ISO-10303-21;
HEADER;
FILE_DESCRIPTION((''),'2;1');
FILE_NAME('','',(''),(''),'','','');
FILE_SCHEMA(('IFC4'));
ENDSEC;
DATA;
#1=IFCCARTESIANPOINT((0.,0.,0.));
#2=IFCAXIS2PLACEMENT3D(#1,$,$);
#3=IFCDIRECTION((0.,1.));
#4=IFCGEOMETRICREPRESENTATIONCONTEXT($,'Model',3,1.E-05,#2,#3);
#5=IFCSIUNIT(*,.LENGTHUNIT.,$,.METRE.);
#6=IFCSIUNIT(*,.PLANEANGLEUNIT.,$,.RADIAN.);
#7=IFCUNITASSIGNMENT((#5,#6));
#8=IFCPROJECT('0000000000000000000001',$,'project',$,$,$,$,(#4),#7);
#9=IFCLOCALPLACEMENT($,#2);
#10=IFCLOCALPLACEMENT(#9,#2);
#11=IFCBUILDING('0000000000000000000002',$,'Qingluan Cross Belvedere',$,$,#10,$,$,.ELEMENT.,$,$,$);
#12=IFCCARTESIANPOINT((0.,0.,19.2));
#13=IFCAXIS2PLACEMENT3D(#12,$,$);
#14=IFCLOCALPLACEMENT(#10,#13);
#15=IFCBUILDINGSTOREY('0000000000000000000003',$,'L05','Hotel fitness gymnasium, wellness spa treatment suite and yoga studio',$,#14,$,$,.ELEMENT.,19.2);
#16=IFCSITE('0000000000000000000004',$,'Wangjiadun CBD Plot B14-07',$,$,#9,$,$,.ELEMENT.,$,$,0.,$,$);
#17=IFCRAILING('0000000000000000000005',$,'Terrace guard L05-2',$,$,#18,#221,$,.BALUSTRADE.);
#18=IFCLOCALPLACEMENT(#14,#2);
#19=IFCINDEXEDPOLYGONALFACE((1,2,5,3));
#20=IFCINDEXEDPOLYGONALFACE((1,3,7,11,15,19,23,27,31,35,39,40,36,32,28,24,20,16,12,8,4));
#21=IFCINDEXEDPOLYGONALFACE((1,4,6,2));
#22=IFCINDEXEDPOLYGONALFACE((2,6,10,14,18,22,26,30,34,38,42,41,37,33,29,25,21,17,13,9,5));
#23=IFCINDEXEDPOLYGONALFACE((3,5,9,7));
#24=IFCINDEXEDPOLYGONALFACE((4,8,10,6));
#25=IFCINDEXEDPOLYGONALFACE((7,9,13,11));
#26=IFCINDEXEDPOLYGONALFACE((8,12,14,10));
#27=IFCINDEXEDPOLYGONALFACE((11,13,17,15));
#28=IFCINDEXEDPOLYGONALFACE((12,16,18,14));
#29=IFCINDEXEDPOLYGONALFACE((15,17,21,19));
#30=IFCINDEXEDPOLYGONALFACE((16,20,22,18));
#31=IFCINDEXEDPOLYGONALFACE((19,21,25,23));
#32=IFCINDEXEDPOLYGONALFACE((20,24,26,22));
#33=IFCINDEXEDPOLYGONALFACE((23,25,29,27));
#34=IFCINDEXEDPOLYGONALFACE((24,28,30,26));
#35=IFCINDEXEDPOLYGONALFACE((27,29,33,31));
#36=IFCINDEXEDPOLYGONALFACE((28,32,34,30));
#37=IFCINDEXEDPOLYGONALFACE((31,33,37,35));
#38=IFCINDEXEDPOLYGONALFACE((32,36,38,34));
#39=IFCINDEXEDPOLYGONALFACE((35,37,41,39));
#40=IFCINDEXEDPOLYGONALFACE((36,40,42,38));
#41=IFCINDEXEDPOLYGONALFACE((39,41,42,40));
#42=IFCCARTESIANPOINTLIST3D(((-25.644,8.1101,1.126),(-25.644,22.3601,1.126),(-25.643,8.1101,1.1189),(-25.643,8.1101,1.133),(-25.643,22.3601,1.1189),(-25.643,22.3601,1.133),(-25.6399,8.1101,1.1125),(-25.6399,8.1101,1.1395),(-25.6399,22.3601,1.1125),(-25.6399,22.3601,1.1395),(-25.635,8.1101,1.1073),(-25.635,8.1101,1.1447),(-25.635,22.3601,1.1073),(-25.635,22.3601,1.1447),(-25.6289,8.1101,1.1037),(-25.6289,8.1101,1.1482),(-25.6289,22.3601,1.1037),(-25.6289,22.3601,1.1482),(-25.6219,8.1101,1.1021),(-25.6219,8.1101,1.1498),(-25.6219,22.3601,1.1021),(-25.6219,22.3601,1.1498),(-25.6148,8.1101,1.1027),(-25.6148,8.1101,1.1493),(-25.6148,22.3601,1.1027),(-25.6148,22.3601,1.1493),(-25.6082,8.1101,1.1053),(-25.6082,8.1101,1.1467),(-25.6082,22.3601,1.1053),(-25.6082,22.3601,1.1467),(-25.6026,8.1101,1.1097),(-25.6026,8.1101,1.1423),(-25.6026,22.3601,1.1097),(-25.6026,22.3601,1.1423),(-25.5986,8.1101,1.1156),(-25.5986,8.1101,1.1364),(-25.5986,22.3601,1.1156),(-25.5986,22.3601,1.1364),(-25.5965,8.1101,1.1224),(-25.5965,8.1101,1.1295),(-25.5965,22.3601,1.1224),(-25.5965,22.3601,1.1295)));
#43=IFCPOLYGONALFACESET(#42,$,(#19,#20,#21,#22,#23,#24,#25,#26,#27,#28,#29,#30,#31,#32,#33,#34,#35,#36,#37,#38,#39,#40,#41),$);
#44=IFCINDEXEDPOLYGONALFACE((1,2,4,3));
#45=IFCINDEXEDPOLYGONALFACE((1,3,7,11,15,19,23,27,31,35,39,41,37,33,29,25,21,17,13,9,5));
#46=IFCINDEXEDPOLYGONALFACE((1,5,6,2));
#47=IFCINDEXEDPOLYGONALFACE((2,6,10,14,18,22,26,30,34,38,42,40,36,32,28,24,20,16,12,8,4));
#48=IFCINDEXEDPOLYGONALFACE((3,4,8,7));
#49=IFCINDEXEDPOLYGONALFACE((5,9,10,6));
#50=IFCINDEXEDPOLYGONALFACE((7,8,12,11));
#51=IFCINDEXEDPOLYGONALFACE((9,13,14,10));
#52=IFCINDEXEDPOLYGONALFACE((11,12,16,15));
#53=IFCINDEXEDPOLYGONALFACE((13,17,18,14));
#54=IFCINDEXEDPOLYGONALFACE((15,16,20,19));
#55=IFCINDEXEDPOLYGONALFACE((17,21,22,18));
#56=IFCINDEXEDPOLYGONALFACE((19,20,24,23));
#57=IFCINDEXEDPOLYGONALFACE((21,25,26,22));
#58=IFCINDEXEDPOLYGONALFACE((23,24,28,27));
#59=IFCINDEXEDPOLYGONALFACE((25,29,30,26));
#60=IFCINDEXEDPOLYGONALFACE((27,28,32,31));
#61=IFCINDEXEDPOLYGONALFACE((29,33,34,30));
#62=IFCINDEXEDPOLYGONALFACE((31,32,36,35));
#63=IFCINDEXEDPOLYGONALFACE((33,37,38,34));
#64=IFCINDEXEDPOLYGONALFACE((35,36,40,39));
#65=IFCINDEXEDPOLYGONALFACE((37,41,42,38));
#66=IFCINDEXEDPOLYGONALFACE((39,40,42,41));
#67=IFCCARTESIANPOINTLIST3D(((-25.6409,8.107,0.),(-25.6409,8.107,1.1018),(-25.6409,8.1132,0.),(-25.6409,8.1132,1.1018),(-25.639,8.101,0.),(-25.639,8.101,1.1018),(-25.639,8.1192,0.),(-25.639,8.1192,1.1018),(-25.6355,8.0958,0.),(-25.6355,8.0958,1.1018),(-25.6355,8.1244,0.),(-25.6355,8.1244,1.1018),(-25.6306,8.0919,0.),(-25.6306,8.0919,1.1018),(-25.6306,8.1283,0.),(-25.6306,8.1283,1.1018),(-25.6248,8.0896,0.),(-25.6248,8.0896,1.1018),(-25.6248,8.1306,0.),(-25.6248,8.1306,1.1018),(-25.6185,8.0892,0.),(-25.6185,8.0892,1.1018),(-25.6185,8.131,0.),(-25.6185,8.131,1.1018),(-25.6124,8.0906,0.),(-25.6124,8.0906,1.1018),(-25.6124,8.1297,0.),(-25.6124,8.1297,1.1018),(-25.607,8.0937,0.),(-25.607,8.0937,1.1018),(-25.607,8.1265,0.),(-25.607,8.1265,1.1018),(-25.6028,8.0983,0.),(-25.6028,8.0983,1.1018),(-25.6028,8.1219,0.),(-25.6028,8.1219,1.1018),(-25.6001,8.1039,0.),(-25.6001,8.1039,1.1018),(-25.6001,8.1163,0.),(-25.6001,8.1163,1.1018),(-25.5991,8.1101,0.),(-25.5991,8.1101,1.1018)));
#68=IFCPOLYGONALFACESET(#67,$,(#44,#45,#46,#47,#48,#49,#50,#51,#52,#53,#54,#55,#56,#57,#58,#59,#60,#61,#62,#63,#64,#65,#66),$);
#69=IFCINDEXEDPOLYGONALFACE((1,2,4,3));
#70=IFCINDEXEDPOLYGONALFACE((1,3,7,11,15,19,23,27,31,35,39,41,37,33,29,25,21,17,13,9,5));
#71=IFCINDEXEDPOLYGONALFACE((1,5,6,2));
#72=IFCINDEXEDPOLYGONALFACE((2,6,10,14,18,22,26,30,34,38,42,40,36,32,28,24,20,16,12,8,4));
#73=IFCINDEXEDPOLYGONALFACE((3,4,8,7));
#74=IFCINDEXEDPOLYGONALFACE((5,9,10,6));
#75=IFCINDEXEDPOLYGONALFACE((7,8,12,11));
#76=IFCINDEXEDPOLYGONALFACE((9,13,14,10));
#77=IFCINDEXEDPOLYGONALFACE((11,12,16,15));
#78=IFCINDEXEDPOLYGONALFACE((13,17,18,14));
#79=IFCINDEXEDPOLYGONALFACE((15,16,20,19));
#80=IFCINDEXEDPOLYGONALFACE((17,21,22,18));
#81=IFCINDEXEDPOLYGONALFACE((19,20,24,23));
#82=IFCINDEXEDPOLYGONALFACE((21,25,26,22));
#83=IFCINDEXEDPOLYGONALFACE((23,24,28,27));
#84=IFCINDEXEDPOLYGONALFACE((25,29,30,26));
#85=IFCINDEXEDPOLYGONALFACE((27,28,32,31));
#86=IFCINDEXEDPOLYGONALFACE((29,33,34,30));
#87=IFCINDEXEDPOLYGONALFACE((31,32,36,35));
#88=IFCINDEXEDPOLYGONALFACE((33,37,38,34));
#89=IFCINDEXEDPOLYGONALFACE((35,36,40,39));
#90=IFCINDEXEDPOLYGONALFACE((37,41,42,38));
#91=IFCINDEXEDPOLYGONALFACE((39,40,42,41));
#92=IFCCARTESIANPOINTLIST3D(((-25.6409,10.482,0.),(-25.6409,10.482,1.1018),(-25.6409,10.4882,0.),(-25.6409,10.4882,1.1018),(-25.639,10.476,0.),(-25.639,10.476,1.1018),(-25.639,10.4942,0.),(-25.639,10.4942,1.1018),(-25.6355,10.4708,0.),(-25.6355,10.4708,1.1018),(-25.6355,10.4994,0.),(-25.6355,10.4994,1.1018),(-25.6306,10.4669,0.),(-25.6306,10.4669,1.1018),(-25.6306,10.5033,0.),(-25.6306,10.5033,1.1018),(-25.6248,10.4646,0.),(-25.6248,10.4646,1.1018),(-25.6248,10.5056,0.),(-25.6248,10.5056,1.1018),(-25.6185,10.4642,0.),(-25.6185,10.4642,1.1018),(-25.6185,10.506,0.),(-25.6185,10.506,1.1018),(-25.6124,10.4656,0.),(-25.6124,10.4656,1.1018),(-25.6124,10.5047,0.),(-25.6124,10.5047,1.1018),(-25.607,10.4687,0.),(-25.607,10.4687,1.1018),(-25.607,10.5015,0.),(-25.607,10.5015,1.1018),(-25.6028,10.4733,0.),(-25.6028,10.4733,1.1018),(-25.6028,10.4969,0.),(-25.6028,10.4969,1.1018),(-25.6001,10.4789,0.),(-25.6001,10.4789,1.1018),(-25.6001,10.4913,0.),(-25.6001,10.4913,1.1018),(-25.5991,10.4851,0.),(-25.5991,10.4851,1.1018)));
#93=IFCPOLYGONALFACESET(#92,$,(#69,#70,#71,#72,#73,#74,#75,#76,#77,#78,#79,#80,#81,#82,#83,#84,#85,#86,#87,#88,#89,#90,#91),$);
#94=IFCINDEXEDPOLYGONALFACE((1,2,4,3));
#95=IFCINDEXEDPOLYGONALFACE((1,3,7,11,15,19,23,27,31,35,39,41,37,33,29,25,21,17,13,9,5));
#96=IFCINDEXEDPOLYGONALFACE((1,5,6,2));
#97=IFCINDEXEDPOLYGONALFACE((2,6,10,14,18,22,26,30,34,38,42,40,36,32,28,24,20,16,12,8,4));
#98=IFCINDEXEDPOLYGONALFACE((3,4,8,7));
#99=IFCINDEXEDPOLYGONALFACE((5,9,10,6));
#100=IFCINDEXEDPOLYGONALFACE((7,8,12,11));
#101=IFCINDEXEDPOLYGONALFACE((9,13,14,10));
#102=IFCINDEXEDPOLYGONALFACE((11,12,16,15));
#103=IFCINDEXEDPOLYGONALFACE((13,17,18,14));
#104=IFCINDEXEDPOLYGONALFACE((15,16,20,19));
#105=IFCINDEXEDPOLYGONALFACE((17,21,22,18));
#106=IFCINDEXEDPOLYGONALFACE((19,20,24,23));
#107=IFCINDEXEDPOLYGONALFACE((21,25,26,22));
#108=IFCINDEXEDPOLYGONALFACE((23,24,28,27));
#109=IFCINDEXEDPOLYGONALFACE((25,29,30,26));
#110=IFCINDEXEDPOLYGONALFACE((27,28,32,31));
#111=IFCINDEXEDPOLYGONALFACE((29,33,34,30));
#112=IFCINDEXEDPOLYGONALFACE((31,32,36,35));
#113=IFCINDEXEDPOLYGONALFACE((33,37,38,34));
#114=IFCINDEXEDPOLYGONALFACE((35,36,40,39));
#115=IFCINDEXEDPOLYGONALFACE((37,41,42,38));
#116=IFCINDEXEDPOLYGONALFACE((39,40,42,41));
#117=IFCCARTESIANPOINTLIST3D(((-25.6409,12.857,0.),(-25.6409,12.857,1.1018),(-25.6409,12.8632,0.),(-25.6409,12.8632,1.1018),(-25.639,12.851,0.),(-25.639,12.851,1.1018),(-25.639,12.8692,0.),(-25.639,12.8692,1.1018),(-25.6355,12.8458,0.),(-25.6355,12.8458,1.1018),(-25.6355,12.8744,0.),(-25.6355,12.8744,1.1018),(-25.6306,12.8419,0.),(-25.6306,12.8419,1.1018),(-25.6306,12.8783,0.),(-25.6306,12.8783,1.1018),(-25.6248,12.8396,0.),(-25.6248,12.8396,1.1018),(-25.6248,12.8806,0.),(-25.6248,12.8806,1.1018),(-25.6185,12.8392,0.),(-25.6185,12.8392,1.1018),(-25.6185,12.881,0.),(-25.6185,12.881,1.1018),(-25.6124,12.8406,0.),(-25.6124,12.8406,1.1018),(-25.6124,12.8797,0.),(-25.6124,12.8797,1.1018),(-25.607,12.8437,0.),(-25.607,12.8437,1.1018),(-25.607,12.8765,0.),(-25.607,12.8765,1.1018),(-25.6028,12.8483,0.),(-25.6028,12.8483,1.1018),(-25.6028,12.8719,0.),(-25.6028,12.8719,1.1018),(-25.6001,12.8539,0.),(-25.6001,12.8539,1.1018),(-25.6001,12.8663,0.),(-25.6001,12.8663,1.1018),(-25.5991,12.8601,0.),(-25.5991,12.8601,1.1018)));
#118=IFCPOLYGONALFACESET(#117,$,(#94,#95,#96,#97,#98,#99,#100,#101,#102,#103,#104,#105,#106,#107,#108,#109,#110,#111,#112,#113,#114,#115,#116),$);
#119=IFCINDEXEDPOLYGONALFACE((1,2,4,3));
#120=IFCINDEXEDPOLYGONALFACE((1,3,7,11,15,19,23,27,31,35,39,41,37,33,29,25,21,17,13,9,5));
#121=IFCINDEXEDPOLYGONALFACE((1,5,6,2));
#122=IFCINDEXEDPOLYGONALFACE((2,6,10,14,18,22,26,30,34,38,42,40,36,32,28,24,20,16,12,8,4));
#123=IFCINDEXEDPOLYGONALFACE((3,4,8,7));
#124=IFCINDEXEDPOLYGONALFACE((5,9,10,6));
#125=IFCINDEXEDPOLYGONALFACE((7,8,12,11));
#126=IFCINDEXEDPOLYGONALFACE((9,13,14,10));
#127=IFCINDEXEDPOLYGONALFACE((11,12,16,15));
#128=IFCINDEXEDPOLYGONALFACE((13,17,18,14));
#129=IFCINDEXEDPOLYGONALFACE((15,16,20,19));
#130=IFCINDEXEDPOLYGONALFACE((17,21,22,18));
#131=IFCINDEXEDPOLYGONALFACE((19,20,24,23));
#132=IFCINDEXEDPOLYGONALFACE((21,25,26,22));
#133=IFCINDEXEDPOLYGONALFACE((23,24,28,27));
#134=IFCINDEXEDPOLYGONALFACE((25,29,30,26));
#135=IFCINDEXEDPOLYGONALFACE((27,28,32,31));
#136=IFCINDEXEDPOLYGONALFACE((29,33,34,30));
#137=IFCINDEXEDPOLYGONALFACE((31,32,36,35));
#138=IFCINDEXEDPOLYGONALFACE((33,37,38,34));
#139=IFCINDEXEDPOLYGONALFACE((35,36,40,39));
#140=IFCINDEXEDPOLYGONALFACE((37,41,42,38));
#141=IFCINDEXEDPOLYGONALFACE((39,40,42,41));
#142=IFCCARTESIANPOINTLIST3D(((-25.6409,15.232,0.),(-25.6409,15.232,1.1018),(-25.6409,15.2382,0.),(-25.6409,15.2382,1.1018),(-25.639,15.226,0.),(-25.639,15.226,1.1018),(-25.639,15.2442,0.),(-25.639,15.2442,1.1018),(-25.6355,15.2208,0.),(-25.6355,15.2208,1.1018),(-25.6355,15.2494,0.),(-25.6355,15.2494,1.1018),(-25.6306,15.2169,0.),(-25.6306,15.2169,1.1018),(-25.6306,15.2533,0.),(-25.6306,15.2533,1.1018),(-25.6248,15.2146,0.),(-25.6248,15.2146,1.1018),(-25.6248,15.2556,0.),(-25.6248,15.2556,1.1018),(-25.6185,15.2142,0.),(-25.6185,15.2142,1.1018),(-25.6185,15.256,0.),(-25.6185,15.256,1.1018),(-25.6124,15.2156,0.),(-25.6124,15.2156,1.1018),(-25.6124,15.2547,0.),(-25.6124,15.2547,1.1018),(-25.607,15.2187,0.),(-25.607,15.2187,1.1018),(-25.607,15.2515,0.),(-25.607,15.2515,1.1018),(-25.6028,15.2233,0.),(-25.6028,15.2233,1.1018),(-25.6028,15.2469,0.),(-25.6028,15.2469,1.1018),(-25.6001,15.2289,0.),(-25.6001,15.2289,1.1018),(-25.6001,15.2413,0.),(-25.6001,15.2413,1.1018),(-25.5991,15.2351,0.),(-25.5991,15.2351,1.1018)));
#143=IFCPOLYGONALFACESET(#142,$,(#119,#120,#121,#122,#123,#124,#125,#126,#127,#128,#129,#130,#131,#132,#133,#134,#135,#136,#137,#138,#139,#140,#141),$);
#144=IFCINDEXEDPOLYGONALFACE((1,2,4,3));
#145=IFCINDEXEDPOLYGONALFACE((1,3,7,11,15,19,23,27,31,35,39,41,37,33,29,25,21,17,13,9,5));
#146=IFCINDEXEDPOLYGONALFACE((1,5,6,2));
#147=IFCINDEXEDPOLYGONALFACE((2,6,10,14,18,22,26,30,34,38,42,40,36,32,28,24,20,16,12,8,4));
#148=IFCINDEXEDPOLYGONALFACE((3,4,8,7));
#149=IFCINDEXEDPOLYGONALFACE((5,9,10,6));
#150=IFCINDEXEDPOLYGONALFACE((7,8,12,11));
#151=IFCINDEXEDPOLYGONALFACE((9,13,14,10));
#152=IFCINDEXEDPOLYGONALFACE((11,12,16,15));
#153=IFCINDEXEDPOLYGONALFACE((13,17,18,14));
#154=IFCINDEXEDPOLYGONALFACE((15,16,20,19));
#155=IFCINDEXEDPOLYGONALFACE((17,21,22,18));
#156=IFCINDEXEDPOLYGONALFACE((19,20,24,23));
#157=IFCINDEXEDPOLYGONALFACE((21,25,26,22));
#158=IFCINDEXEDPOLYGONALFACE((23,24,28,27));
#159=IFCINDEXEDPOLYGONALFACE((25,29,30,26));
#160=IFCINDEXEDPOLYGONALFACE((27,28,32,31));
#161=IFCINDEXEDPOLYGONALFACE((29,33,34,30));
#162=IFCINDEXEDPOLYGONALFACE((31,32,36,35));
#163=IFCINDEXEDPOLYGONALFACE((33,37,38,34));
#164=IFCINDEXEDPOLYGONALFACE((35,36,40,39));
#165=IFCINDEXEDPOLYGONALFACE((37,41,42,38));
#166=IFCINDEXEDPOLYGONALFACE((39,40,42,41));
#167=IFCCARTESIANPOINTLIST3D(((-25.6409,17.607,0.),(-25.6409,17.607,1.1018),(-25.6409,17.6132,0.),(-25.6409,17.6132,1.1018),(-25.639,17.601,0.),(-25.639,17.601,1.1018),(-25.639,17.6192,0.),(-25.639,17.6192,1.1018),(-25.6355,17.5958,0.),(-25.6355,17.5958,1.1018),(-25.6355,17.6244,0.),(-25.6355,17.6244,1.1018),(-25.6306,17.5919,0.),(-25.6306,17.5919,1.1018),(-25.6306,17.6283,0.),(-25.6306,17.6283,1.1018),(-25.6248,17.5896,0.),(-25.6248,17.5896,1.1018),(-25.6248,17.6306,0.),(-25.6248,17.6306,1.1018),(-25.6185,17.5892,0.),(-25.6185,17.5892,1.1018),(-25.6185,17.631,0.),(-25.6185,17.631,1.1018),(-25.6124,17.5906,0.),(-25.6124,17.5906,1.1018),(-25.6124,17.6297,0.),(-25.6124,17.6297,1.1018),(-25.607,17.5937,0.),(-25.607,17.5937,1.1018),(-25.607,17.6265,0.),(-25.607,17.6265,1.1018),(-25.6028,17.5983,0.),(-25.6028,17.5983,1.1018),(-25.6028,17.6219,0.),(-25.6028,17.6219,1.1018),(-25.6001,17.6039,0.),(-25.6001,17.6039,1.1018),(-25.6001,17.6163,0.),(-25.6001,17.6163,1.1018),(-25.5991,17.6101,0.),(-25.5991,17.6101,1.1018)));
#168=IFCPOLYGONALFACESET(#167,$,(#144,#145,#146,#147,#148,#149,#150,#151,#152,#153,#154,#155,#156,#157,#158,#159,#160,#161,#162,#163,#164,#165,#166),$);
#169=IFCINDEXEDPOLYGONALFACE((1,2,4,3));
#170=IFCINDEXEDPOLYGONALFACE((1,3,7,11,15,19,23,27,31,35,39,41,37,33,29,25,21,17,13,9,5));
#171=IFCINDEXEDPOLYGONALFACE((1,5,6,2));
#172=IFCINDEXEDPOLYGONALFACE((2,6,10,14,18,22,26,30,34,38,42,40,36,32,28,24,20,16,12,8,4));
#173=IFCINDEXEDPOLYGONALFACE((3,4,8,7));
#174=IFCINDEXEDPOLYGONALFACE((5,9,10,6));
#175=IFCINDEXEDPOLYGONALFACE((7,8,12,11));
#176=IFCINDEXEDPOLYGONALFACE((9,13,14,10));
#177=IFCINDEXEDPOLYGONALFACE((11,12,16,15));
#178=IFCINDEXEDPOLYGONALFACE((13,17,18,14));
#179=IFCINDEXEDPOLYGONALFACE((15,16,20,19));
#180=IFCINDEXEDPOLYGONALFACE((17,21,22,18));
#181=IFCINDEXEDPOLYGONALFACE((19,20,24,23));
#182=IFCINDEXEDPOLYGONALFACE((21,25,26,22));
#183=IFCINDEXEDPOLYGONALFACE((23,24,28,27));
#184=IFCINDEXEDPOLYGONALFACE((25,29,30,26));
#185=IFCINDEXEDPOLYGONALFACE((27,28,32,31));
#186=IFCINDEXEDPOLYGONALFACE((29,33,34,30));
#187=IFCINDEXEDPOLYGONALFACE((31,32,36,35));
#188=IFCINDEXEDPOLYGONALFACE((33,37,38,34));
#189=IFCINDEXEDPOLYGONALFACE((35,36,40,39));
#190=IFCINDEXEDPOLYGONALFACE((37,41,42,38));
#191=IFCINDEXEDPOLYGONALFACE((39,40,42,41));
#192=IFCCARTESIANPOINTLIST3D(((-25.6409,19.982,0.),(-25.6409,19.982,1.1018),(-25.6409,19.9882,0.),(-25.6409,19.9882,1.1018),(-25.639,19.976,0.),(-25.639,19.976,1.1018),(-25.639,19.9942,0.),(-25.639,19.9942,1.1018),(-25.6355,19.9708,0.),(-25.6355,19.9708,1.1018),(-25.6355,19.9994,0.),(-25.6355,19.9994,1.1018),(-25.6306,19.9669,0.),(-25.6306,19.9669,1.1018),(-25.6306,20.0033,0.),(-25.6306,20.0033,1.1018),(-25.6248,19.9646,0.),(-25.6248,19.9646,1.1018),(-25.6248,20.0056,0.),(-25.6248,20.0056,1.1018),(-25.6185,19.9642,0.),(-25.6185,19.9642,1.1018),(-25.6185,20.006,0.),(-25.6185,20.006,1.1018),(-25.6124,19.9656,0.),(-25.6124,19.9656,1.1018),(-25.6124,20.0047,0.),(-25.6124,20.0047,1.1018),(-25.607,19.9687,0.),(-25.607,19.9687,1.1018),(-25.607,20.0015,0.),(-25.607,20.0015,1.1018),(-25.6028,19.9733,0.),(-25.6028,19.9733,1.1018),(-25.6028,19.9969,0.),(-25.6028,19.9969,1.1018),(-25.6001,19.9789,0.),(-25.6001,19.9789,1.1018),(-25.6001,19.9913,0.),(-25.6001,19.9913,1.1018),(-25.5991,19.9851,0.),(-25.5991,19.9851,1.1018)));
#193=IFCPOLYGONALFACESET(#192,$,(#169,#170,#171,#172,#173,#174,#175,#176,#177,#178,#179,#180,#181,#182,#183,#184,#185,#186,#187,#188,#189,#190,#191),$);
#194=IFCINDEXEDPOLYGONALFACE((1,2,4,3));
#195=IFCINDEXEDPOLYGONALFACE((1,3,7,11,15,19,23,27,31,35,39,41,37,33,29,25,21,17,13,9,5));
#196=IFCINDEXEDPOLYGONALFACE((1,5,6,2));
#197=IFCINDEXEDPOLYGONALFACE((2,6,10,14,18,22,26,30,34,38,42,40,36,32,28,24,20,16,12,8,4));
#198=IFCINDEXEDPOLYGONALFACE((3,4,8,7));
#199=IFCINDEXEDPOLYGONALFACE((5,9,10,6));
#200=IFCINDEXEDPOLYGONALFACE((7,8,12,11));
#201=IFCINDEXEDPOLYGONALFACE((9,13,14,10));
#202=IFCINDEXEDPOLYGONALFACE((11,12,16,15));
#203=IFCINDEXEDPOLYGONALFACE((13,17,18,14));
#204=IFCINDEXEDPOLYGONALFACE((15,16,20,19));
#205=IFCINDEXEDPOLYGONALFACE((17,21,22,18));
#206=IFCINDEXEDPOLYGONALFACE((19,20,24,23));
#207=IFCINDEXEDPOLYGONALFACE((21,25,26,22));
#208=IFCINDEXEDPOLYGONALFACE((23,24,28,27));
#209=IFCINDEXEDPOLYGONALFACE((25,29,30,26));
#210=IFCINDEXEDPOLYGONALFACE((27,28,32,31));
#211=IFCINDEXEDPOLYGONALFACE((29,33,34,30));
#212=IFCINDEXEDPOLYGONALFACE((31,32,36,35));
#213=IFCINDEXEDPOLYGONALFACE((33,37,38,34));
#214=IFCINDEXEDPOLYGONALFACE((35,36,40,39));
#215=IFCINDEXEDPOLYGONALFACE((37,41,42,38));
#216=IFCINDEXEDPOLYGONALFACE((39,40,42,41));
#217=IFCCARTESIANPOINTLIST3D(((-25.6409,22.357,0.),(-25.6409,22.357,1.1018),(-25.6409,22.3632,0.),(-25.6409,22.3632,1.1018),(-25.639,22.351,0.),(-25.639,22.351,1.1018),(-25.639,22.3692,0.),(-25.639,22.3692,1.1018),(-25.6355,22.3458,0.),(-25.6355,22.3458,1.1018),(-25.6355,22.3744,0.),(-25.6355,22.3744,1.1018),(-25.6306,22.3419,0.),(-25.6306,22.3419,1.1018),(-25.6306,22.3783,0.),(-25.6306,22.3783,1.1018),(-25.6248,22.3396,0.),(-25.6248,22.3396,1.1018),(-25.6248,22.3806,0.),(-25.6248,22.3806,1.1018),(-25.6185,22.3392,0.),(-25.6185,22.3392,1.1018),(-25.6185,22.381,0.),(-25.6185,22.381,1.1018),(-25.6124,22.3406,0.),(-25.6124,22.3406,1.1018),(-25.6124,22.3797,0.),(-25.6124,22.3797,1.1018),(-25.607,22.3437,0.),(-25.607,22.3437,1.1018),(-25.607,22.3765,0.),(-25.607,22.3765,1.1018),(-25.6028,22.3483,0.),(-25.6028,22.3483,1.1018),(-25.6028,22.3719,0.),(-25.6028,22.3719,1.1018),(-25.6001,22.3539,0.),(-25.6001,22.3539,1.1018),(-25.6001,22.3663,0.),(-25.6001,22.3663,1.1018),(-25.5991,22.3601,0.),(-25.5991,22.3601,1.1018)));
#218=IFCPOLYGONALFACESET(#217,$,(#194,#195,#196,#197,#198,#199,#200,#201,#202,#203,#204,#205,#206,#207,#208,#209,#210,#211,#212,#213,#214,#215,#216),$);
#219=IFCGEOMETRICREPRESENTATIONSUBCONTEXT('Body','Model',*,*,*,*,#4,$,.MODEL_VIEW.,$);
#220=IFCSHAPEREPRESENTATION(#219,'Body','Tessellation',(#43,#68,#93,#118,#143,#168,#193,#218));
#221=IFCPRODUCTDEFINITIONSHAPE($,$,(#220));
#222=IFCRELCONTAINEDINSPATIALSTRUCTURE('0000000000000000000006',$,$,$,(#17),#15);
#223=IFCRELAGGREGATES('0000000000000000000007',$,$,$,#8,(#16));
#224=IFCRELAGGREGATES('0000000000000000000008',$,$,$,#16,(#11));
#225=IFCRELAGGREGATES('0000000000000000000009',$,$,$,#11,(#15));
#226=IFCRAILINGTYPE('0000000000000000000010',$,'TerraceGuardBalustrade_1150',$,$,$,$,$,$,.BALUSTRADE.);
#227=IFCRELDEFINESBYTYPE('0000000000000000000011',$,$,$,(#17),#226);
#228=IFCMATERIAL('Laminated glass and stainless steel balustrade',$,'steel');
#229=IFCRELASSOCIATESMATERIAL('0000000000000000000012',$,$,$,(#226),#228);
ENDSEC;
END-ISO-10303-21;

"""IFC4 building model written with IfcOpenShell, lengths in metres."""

from ifc_helpers import new_model, si_unit, direction, frame, origin, origin_2d, place, context, subcontext, project, spatial, circle, extrude, material, type_object, element, save


model = new_model("IFC4")

# Units and contexts
model_context = context("Model", 3, precision=1e-05, world=origin(), true_north=direction((0.0, 1.0)))
body_context = subcontext(model_context, "Body", "Model", "MODEL_VIEW")
ifc_project = project(units=[si_unit("LENGTHUNIT", "METRE"), si_unit("PLANEANGLEUNIT", "RADIAN")], contexts=[model_context])

# Site, building, storey
site_placement = place(None, origin())
site = spatial("IfcSite", under=ifc_project, at=site_placement, Name="Wangjiadun CBD Plot B14-07", CompositionType="ELEMENT", RefElevation=0.0)
building_placement = place(site_placement, origin())
building = spatial("IfcBuilding", under=site, at=building_placement, Name="Qingluan Cross Belvedere", CompositionType="ELEMENT")
storey_placement = place(building_placement, frame((0.0, 0.0, 19.2)))
storey = spatial("IfcBuildingStorey", under=building, at=storey_placement, Name="L05", Description="Hotel fitness gymnasium, wellness spa treatment suite and yoga studio", CompositionType="ELEMENT", Elevation=19.2)

# Railing
ifc_material_1 = material(Name="Laminated glass and stainless steel balustrade", Category="steel")
railing_type = type_object("IfcRailingType", Name="TerraceGuardBalustrade_1150", PredefinedType="BALUSTRADE", material=ifc_material_1)
railing_1_placement = place(storey_placement, frame((-25.6201, 8.1101, 0.0)))
element("IfcRailing", 1, at=railing_1_placement, inside=storey, type_object=railing_type, Name="Terrace guard L05-2", PredefinedType="BALUSTRADE", context=body_context, shape_type="SweptSolid", body=[
    extrude(circle(Radius=0.0239, at=origin_2d()), frame((0.0, 0.0, 1.126), z_axis=(0.0, 1.0, 0.0), x_axis=(-1.0, 0.0, 0.0)), (0.0, 0.0, 1.0), 14.25),
    extrude(circle(Radius=0.021, at=origin_2d()), origin(), (0.0, 0.0, 1.0), 1.1018),
    extrude(circle(Radius=0.021, at=origin_2d()), frame((0.0, 2.375, 0.0)), (0.0, 0.0, 1.0), 1.1018),
    extrude(circle(Radius=0.021, at=origin_2d()), frame((0.0, 4.75, 0.0)), (0.0, 0.0, 1.0), 1.1018),
    extrude(circle(Radius=0.021, at=origin_2d()), frame((0.0, 7.125, 0.0)), (0.0, 0.0, 1.0), 1.1018),
    extrude(circle(Radius=0.021, at=origin_2d()), frame((0.0, 9.5, 0.0)), (0.0, 0.0, 1.0), 1.1018),
    extrude(circle(Radius=0.021, at=origin_2d()), frame((0.0, 11.875, 0.0)), (0.0, 0.0, 1.0), 1.1018),
    extrude(circle(Radius=0.021, at=origin_2d()), frame((0.0, 14.25, 0.0)), (0.0, 0.0, 1.0), 1.1018),
])

save(model, "model.ifc")
